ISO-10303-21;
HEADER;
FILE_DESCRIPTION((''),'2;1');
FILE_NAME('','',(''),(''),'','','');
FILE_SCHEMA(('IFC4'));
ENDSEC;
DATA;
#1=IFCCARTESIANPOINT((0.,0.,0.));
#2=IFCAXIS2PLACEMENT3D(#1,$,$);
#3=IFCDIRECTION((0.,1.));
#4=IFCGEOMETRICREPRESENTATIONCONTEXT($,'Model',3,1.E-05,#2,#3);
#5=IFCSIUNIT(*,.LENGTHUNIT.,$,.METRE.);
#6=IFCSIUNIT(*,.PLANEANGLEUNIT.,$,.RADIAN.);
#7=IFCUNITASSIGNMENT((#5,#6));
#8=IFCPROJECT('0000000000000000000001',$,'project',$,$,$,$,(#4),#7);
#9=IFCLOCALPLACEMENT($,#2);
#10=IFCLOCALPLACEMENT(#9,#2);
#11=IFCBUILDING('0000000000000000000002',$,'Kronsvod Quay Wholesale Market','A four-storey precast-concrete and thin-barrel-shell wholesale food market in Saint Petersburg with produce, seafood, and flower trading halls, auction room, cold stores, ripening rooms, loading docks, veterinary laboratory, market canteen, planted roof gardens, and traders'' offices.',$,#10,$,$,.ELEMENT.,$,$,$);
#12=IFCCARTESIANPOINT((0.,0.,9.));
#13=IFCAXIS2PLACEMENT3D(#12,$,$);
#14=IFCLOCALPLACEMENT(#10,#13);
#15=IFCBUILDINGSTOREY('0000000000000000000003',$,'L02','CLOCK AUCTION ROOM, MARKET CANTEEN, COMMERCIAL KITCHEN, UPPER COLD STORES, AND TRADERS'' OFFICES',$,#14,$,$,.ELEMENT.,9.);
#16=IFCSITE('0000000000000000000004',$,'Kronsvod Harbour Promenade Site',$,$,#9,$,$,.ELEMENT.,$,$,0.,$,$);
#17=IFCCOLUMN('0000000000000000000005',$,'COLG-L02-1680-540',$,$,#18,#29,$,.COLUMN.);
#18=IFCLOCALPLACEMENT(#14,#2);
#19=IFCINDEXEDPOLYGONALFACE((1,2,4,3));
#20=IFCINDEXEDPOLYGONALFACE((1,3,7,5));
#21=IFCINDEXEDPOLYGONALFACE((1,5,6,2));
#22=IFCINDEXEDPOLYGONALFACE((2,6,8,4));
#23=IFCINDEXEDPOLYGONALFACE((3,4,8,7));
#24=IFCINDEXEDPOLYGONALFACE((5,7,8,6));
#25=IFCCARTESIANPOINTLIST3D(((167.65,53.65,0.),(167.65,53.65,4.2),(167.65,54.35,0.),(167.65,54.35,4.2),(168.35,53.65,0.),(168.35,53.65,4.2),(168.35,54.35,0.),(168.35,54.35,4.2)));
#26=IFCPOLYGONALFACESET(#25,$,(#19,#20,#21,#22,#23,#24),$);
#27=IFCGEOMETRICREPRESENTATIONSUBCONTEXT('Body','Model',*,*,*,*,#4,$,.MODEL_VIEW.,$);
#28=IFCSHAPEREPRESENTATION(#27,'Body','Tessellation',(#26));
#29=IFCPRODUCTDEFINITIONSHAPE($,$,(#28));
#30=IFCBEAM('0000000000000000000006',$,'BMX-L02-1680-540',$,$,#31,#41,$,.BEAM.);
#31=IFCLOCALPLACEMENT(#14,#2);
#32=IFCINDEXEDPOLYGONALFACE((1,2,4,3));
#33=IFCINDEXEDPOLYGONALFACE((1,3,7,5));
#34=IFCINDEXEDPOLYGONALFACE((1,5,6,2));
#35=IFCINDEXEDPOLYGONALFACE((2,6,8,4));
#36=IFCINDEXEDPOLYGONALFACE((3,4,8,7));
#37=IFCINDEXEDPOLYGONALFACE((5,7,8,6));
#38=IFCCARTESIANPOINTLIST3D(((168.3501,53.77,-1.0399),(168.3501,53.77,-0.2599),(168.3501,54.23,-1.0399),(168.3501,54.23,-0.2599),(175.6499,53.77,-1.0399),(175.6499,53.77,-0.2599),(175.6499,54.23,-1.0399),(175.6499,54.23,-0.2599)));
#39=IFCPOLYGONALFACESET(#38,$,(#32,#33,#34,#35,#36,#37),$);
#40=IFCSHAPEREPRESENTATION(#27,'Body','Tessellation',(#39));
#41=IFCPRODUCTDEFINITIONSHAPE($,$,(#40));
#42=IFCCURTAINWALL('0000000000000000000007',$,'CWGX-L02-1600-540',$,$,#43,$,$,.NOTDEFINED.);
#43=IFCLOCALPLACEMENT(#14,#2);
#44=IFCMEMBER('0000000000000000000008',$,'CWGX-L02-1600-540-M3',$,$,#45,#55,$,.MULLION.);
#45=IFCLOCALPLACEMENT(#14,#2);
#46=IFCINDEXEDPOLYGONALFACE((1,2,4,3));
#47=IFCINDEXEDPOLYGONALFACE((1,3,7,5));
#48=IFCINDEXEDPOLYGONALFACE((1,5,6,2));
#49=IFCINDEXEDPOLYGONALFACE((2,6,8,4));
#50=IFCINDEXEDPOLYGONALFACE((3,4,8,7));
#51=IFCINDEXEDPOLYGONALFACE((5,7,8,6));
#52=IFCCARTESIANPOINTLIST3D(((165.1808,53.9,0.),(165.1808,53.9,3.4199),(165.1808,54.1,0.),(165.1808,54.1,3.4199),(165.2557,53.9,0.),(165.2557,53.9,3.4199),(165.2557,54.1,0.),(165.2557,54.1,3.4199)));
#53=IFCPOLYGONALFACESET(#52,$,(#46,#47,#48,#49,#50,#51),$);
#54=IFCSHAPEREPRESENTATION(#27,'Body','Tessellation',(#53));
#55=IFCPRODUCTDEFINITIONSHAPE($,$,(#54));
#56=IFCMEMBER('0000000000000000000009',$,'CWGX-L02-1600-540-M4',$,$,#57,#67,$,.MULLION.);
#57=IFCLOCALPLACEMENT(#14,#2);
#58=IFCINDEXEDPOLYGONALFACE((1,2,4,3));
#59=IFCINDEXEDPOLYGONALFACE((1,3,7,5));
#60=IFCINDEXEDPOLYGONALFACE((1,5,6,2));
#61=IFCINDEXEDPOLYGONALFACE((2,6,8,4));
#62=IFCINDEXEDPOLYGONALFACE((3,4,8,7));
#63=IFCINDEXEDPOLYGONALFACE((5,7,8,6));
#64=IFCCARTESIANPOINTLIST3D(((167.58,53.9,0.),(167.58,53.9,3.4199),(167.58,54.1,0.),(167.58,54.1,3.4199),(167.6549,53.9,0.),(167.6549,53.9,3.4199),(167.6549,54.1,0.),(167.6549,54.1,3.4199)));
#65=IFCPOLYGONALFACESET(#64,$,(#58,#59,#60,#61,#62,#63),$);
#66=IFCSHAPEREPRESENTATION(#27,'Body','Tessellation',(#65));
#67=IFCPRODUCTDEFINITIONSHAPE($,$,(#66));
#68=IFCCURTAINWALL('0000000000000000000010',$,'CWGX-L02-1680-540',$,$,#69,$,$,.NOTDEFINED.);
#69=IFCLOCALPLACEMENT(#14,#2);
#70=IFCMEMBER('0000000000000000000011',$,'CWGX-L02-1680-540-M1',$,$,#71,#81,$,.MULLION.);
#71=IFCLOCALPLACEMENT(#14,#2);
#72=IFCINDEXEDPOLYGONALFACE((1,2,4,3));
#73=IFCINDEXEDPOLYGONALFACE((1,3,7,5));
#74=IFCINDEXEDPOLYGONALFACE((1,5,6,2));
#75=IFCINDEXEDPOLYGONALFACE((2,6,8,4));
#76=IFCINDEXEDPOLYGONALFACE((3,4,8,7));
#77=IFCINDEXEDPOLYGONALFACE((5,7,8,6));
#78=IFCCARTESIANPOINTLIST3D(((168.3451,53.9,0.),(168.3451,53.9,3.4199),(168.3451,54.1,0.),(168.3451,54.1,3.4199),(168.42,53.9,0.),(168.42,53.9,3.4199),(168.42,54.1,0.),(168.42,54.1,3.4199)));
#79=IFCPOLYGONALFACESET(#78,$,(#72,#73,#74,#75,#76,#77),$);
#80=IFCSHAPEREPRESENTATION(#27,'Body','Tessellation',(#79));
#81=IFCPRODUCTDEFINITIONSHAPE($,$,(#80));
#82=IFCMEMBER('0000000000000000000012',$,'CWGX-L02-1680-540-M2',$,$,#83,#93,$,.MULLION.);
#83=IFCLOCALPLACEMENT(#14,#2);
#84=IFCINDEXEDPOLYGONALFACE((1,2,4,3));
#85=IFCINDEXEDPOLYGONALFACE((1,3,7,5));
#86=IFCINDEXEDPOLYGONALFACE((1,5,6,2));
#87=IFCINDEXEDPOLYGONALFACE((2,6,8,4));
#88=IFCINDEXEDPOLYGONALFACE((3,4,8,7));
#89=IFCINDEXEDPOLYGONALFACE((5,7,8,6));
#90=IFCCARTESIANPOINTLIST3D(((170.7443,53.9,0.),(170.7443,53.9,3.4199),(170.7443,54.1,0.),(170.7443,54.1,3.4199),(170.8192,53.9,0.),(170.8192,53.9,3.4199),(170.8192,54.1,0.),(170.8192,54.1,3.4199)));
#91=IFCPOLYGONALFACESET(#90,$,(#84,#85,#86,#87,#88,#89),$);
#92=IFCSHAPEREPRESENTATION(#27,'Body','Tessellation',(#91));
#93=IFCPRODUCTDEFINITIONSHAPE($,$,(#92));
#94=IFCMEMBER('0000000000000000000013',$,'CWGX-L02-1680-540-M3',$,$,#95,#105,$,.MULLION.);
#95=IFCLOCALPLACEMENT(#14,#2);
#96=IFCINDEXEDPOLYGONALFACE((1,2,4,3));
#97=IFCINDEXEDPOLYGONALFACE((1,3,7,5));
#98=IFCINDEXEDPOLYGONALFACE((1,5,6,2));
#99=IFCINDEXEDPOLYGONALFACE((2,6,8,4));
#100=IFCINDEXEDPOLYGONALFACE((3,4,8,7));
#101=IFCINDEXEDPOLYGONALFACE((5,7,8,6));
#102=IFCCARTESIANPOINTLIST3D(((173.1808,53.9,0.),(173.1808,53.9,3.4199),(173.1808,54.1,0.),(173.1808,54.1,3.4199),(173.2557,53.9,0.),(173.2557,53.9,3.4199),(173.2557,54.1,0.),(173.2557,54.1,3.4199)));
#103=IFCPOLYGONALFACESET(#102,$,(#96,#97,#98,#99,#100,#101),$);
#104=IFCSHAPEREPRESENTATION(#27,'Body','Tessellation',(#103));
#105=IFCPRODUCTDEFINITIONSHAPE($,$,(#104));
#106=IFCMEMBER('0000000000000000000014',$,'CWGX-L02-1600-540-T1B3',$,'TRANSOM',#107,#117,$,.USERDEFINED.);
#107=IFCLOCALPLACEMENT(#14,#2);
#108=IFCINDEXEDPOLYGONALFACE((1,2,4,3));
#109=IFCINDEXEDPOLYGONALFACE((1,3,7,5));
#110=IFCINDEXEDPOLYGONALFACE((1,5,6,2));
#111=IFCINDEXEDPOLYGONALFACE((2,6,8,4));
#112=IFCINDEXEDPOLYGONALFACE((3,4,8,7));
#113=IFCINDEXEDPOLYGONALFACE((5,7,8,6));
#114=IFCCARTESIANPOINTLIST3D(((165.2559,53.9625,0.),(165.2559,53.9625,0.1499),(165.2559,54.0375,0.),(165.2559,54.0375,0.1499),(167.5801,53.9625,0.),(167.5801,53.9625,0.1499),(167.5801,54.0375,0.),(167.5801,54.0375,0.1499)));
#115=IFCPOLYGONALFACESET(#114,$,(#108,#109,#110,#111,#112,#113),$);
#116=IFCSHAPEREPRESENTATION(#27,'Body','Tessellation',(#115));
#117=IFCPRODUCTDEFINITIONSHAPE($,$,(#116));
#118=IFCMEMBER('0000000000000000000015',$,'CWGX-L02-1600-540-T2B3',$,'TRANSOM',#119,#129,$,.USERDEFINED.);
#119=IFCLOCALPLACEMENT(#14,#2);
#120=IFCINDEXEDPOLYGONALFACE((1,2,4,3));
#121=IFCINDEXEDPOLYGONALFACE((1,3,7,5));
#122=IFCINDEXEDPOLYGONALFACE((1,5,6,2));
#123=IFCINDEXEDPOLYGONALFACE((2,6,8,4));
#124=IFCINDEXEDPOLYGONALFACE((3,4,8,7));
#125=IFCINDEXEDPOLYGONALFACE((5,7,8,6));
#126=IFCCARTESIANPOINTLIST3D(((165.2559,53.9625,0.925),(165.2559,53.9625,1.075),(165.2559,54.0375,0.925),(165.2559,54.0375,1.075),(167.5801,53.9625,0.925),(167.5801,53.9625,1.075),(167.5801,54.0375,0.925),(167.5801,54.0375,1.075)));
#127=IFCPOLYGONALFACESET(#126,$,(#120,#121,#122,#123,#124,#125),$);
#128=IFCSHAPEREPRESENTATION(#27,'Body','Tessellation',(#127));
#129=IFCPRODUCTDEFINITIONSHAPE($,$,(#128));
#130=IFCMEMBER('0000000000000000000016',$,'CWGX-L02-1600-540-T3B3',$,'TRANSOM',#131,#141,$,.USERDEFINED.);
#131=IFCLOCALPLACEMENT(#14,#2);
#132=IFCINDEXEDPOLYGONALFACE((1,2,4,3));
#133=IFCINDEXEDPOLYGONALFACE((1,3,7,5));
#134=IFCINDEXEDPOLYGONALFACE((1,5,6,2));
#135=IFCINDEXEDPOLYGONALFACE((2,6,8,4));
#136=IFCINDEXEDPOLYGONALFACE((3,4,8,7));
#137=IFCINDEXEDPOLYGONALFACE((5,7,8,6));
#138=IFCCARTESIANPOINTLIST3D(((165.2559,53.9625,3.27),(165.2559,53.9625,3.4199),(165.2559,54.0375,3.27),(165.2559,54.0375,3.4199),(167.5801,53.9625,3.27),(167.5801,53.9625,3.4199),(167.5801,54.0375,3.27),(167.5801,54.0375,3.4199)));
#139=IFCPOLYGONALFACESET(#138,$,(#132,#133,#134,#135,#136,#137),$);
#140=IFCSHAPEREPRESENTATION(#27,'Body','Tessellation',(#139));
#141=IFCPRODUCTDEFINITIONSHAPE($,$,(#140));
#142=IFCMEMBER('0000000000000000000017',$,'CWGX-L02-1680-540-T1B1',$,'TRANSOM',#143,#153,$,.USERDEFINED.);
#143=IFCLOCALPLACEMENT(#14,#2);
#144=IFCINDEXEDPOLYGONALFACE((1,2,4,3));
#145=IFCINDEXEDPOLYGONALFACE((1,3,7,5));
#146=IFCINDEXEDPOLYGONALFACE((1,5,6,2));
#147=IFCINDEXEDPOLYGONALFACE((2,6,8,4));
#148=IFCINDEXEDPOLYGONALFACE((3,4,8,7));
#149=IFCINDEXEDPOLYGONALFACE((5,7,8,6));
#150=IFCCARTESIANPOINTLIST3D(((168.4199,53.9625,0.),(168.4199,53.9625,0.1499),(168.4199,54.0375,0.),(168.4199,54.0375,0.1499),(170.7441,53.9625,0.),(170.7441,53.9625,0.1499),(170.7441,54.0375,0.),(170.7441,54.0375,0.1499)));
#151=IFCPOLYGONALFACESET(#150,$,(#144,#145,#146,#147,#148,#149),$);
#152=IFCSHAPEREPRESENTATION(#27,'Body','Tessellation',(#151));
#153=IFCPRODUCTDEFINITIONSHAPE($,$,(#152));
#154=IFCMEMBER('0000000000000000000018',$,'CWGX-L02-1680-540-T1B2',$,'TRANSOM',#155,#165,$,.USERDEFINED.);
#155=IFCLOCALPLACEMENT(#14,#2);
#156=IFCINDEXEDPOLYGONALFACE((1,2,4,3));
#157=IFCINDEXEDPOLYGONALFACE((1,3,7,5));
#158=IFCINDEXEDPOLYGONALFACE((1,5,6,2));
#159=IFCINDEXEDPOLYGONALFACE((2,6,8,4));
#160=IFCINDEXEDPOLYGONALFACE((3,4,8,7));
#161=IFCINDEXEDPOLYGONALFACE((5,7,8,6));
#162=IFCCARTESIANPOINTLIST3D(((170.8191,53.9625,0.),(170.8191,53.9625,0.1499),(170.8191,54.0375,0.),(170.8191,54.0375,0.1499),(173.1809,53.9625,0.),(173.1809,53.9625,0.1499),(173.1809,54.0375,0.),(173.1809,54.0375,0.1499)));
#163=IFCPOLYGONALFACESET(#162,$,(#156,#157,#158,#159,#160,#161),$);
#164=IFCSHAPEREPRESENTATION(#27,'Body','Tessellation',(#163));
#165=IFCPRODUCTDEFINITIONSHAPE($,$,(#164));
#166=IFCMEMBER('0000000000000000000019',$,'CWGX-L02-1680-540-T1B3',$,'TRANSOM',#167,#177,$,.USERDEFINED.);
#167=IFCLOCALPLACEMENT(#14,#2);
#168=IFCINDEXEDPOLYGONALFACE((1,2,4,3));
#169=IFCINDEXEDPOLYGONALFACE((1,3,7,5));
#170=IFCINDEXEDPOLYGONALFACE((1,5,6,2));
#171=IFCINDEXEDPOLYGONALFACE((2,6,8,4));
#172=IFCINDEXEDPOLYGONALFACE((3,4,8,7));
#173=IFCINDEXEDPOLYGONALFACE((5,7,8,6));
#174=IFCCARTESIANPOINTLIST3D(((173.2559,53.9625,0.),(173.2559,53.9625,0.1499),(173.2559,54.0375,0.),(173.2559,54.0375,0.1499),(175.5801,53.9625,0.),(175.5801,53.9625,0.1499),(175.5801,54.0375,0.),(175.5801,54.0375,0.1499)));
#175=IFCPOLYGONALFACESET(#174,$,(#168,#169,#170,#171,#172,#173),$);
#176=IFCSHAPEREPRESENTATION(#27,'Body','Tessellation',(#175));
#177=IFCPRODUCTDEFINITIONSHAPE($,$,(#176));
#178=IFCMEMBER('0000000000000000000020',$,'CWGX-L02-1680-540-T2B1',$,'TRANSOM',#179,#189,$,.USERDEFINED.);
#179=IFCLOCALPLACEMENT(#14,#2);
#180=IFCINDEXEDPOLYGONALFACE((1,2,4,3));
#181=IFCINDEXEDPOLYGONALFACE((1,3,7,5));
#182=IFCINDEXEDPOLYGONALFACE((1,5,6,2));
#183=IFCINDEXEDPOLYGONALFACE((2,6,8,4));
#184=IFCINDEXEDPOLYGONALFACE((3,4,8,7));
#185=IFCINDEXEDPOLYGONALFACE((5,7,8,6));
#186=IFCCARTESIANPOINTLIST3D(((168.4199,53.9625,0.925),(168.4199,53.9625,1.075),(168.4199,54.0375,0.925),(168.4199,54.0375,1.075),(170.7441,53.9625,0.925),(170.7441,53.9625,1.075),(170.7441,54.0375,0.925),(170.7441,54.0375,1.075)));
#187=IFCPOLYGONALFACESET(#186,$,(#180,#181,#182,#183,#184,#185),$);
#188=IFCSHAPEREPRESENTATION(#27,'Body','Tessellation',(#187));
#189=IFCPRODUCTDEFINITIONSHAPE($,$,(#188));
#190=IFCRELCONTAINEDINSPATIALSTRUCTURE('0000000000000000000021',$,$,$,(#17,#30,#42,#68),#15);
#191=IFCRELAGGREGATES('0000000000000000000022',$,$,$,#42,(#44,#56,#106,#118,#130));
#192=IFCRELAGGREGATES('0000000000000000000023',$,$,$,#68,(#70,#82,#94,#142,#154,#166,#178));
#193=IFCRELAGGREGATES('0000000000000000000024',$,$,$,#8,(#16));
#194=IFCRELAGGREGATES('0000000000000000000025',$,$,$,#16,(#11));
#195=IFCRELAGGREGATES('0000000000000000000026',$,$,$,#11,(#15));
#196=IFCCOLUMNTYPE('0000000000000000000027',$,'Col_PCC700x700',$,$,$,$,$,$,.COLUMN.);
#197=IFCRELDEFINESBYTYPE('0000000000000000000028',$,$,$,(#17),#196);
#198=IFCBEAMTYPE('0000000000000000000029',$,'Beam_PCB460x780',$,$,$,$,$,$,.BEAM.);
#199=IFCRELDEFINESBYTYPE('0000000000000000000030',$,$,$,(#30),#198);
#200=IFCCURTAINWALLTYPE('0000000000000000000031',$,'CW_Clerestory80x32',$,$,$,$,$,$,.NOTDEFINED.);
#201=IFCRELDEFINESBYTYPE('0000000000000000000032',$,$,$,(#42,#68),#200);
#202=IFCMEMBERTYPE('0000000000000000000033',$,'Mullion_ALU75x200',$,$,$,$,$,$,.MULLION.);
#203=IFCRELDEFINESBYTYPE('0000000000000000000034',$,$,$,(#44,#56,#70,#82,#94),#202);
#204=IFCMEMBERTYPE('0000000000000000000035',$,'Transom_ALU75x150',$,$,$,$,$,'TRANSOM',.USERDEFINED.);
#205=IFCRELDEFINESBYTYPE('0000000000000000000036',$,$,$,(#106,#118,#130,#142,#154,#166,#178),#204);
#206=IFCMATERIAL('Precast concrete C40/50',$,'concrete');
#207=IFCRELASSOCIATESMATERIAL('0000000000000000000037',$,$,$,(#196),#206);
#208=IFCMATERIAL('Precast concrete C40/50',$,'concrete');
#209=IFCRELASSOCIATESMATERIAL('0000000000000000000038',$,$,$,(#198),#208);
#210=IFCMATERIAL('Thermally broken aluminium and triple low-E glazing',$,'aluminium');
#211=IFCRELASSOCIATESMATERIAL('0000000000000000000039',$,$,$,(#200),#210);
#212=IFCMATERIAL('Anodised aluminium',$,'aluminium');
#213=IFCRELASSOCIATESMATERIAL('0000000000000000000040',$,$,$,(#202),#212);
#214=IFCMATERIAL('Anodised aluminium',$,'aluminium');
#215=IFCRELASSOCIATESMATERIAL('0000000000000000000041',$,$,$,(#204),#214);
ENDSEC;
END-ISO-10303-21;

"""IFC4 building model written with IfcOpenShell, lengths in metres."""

from ifc_helpers import new_model, si_unit, direction, frame, origin, origin_2d, place, context, subcontext, project, spatial, rectangle, extrude, material, material_profile, profile_set, type_object, element, aggregate, save


model = new_model("IFC4")

# Units and contexts
model_context = context("Model", 3, precision=1e-05, world=origin(), true_north=direction((0.0, 1.0)))
body_context = subcontext(model_context, "Body", "Model", "MODEL_VIEW")
ifc_project = project(units=[si_unit("LENGTHUNIT", "METRE"), si_unit("PLANEANGLEUNIT", "RADIAN")], contexts=[model_context])

# Site, building, storey
site_placement = place(None, origin())
site = spatial("IfcSite", under=ifc_project, at=site_placement, Name="Kronsvod Harbour Promenade Site", CompositionType="ELEMENT", RefElevation=0.0)
building_placement = place(site_placement, origin())
building = spatial("IfcBuilding", under=site, at=building_placement, Name="Kronsvod Quay Wholesale Market", Description="A four-storey precast-concrete and thin-barrel-shell wholesale food market in Saint Petersburg with produce, seafood, and flower trading halls, auction room, cold stores, ripening rooms, loading docks, veterinary laboratory, market canteen, planted roof gardens, and traders' offices.", CompositionType="ELEMENT")
storey_placement = place(building_placement, frame((0.0, 0.0, 9.0)))
storey = spatial("IfcBuildingStorey", under=building, at=storey_placement, Name="L02", Description="CLOCK AUCTION ROOM, MARKET CANTEEN, COMMERCIAL KITCHEN, UPPER COLD STORES, AND TRADERS' OFFICES", CompositionType="ELEMENT", Elevation=9.0)

# Column
ifc_material_1 = material(Name="Precast concrete C40/50", Category="concrete")
ifc_material_profile_1 = material_profile(ifc_material_1, rectangle(XDim=0.7, YDim=0.7, at=origin_2d()), Name="PCC700x700")
ifc_profile_set_1 = profile_set([ifc_material_profile_1], Name="Precast concrete C40/50")
column_type = type_object("IfcColumnType", Name="Col_PCC700x700", PredefinedType="COLUMN", material=ifc_profile_set_1)
column_placement = place(storey_placement, frame((168.0, 54.0, 0.0), z_axis=(0.0, 0.0, 1.0), x_axis=(1.0, 0.0, 0.0)))
element("IfcColumn", 1, at=column_placement, inside=storey, type_object=column_type, Name="COLG-L02-1680-540", PredefinedType="COLUMN", context=body_context, shape_type="SweptSolid", body=[
    extrude(rectangle(XDim=0.7, YDim=0.7, at=origin_2d()), origin(), (0.0, 0.0, 1.0), 4.2),
])

# Beam
ifc_material_2 = material(Name="Precast concrete C40/50", Category="concrete")
ifc_material_profile_2 = material_profile(ifc_material_2, rectangle(XDim=0.46, YDim=0.78, at=origin_2d()), Name="PB-03")
ifc_profile_set_2 = profile_set([ifc_material_profile_2], Name="Precast concrete C40/50")
beam_type = type_object("IfcBeamType", Name="Beam_PCB460x780", PredefinedType="BEAM", material=ifc_profile_set_2)
beam_placement = place(storey_placement, frame((168.3501, 54.0, -0.6499), z_axis=(1.0, 0.0, 0.0), x_axis=(0.0, 1.0, 0.0)))
element("IfcBeam", 2, at=beam_placement, inside=storey, type_object=beam_type, Name="BMX-L02-1680-540", PredefinedType="BEAM", context=body_context, shape_type="SweptSolid", body=[
    extrude(rectangle(XDim=0.46, YDim=0.78, at=origin_2d()), origin(), (0.0, 0.0, 1.0), 7.2998),
])

# Curtain walls, members
ifc_material_3 = material(Name="Thermally broken aluminium and triple low-E glazing", Category="aluminium")
curtain_wall_type = type_object("IfcCurtainWallType", Name="CW_Clerestory80x32", PredefinedType="NOTDEFINED", material=ifc_material_3)
curtain_wall_1_placement = place(storey_placement, origin())
curtain_wall_1 = element("IfcCurtainWall", 3, at=curtain_wall_1_placement, inside=storey, type_object=curtain_wall_type, Name="CWGX-L02-1600-540", PredefinedType="NOTDEFINED")
ifc_material_4 = material(Name="Anodised aluminium", Category="aluminium")
ifc_material_profile_3 = material_profile(ifc_material_4, rectangle(XDim=0.075, YDim=0.2, at=origin_2d()), Name="ALUM75x200")
ifc_profile_set_3 = profile_set([ifc_material_profile_3], Name="Anodised aluminium")
member_type_1 = type_object("IfcMemberType", Name="Mullion_ALU75x200", PredefinedType="MULLION", material=ifc_profile_set_3)
member_1_placement = place(storey_placement, frame((165.2183, 54.0, 0.0), z_axis=(0.0, 0.0, 1.0), x_axis=(1.0, 0.0, 0.0)))
member_1 = element("IfcMember", 4, at=member_1_placement, type_object=member_type_1, Name="CWGX-L02-1600-540-M3", PredefinedType="MULLION", context=body_context, shape_type="SweptSolid", body=[
    extrude(rectangle(XDim=0.075, YDim=0.2, at=origin_2d()), origin(), (0.0, 0.0, 1.0), 3.4199),
])
member_2_placement = place(storey_placement, frame((167.6174, 54.0, 0.0), z_axis=(0.0, 0.0, 1.0), x_axis=(1.0, 0.0, 0.0)))
member_2 = element("IfcMember", 5, at=member_2_placement, type_object=member_type_1, Name="CWGX-L02-1600-540-M4", PredefinedType="MULLION", context=body_context, shape_type="SweptSolid", body=[
    extrude(rectangle(XDim=0.075, YDim=0.2, at=origin_2d()), origin(), (0.0, 0.0, 1.0), 3.4199),
])
curtain_wall_2_placement = place(storey_placement, origin())
curtain_wall_2 = element("IfcCurtainWall", 6, at=curtain_wall_2_placement, inside=storey, type_object=curtain_wall_type, Name="CWGX-L02-1680-540", PredefinedType="NOTDEFINED")
member_3_placement = place(storey_placement, frame((168.3826, 54.0, 0.0), z_axis=(0.0, 0.0, 1.0), x_axis=(1.0, 0.0, 0.0)))
member_3 = element("IfcMember", 7, at=member_3_placement, type_object=member_type_1, Name="CWGX-L02-1680-540-M1", PredefinedType="MULLION", context=body_context, shape_type="SweptSolid", body=[
    extrude(rectangle(XDim=0.075, YDim=0.2, at=origin_2d()), origin(), (0.0, 0.0, 1.0), 3.4199),
])
member_4_placement = place(storey_placement, frame((170.7817, 54.0, 0.0), z_axis=(0.0, 0.0, 1.0), x_axis=(1.0, 0.0, 0.0)))
member_4 = element("IfcMember", 8, at=member_4_placement, type_object=member_type_1, Name="CWGX-L02-1680-540-M2", PredefinedType="MULLION", context=body_context, shape_type="SweptSolid", body=[
    extrude(rectangle(XDim=0.075, YDim=0.2, at=origin_2d()), origin(), (0.0, 0.0, 1.0), 3.4199),
])
member_5_placement = place(storey_placement, frame((173.2183, 54.0, 0.0), z_axis=(0.0, 0.0, 1.0), x_axis=(1.0, 0.0, 0.0)))
member_5 = element("IfcMember", 9, at=member_5_placement, type_object=member_type_1, Name="CWGX-L02-1680-540-M3", PredefinedType="MULLION", context=body_context, shape_type="SweptSolid", body=[
    extrude(rectangle(XDim=0.075, YDim=0.2, at=origin_2d()), origin(), (0.0, 0.0, 1.0), 3.4199),
])

# Members
ifc_material_5 = material(Name="Anodised aluminium", Category="aluminium")
ifc_material_profile_4 = material_profile(ifc_material_5, rectangle(XDim=0.075, YDim=0.1499, at=origin_2d()), Name="ALUT75x150")
ifc_profile_set_4 = profile_set([ifc_material_profile_4], Name="Anodised aluminium")
member_type_2 = type_object("IfcMemberType", Name="Transom_ALU75x150", ElementType="TRANSOM", PredefinedType="USERDEFINED", material=ifc_profile_set_4)
member_6_placement = place(storey_placement, frame((165.2559, 54.0, 0.075), z_axis=(1.0, 0.0, 0.0), x_axis=(0.0, 1.0, 0.0)))
member_6 = element("IfcMember", 10, at=member_6_placement, type_object=member_type_2, Name="CWGX-L02-1600-540-T1B3", ObjectType="TRANSOM", PredefinedType="USERDEFINED", context=body_context, shape_type="SweptSolid", body=[
    extrude(rectangle(XDim=0.075, YDim=0.1499, at=origin_2d()), origin(), (0.0, 0.0, 1.0), 2.3242),
])
member_7_placement = place(storey_placement, frame((165.2559, 54.0, 1.0), z_axis=(1.0, 0.0, 0.0), x_axis=(0.0, 1.0, 0.0)))
member_7 = element("IfcMember", 11, at=member_7_placement, type_object=member_type_2, Name="CWGX-L02-1600-540-T2B3", ObjectType="TRANSOM", PredefinedType="USERDEFINED", context=body_context, shape_type="SweptSolid", body=[
    extrude(rectangle(XDim=0.075, YDim=0.1499, at=origin_2d()), origin(), (0.0, 0.0, 1.0), 2.3242),
])
member_8_placement = place(storey_placement, frame((165.2559, 54.0, 3.345), z_axis=(1.0, 0.0, 0.0), x_axis=(0.0, 1.0, 0.0)))
member_8 = element("IfcMember", 12, at=member_8_placement, type_object=member_type_2, Name="CWGX-L02-1600-540-T3B3", ObjectType="TRANSOM", PredefinedType="USERDEFINED", context=body_context, shape_type="SweptSolid", body=[
    extrude(rectangle(XDim=0.075, YDim=0.1499, at=origin_2d()), origin(), (0.0, 0.0, 1.0), 2.3242),
])
member_9_placement = place(storey_placement, frame((168.4199, 54.0, 0.075), z_axis=(1.0, 0.0, 0.0), x_axis=(0.0, 1.0, 0.0)))
member_9 = element("IfcMember", 13, at=member_9_placement, type_object=member_type_2, Name="CWGX-L02-1680-540-T1B1", ObjectType="TRANSOM", PredefinedType="USERDEFINED", context=body_context, shape_type="SweptSolid", body=[
    extrude(rectangle(XDim=0.075, YDim=0.1499, at=origin_2d()), origin(), (0.0, 0.0, 1.0), 2.3242),
])
member_10_placement = place(storey_placement, frame((170.8191, 54.0, 0.075), z_axis=(1.0, 0.0, 0.0), x_axis=(0.0, 1.0, 0.0)))
member_10 = element("IfcMember", 14, at=member_10_placement, type_object=member_type_2, Name="CWGX-L02-1680-540-T1B2", ObjectType="TRANSOM", PredefinedType="USERDEFINED", context=body_context, shape_type="SweptSolid", body=[
    extrude(rectangle(XDim=0.075, YDim=0.1499, at=origin_2d()), origin(), (0.0, 0.0, 1.0), 2.3618),
])
member_11_placement = place(storey_placement, frame((173.2559, 54.0, 0.075), z_axis=(1.0, 0.0, 0.0), x_axis=(0.0, 1.0, 0.0)))
member_11 = element("IfcMember", 15, at=member_11_placement, type_object=member_type_2, Name="CWGX-L02-1680-540-T1B3", ObjectType="TRANSOM", PredefinedType="USERDEFINED", context=body_context, shape_type="SweptSolid", body=[
    extrude(rectangle(XDim=0.075, YDim=0.1499, at=origin_2d()), origin(), (0.0, 0.0, 1.0), 2.3242),
])
member_12_placement = place(storey_placement, frame((168.4199, 54.0, 1.0), z_axis=(1.0, 0.0, 0.0), x_axis=(0.0, 1.0, 0.0)))
member_12 = element("IfcMember", 16, at=member_12_placement, type_object=member_type_2, Name="CWGX-L02-1680-540-T2B1", ObjectType="TRANSOM", PredefinedType="USERDEFINED", context=body_context, shape_type="SweptSolid", body=[
    extrude(rectangle(XDim=0.075, YDim=0.1499, at=origin_2d()), origin(), (0.0, 0.0, 1.0), 2.3242),
])

aggregate(curtain_wall_1, [member_1, member_2, member_6, member_7, member_8])
aggregate(curtain_wall_2, [member_3, member_4, member_5, member_9, member_10, member_11, member_12])

save(model, "model.ifc")
